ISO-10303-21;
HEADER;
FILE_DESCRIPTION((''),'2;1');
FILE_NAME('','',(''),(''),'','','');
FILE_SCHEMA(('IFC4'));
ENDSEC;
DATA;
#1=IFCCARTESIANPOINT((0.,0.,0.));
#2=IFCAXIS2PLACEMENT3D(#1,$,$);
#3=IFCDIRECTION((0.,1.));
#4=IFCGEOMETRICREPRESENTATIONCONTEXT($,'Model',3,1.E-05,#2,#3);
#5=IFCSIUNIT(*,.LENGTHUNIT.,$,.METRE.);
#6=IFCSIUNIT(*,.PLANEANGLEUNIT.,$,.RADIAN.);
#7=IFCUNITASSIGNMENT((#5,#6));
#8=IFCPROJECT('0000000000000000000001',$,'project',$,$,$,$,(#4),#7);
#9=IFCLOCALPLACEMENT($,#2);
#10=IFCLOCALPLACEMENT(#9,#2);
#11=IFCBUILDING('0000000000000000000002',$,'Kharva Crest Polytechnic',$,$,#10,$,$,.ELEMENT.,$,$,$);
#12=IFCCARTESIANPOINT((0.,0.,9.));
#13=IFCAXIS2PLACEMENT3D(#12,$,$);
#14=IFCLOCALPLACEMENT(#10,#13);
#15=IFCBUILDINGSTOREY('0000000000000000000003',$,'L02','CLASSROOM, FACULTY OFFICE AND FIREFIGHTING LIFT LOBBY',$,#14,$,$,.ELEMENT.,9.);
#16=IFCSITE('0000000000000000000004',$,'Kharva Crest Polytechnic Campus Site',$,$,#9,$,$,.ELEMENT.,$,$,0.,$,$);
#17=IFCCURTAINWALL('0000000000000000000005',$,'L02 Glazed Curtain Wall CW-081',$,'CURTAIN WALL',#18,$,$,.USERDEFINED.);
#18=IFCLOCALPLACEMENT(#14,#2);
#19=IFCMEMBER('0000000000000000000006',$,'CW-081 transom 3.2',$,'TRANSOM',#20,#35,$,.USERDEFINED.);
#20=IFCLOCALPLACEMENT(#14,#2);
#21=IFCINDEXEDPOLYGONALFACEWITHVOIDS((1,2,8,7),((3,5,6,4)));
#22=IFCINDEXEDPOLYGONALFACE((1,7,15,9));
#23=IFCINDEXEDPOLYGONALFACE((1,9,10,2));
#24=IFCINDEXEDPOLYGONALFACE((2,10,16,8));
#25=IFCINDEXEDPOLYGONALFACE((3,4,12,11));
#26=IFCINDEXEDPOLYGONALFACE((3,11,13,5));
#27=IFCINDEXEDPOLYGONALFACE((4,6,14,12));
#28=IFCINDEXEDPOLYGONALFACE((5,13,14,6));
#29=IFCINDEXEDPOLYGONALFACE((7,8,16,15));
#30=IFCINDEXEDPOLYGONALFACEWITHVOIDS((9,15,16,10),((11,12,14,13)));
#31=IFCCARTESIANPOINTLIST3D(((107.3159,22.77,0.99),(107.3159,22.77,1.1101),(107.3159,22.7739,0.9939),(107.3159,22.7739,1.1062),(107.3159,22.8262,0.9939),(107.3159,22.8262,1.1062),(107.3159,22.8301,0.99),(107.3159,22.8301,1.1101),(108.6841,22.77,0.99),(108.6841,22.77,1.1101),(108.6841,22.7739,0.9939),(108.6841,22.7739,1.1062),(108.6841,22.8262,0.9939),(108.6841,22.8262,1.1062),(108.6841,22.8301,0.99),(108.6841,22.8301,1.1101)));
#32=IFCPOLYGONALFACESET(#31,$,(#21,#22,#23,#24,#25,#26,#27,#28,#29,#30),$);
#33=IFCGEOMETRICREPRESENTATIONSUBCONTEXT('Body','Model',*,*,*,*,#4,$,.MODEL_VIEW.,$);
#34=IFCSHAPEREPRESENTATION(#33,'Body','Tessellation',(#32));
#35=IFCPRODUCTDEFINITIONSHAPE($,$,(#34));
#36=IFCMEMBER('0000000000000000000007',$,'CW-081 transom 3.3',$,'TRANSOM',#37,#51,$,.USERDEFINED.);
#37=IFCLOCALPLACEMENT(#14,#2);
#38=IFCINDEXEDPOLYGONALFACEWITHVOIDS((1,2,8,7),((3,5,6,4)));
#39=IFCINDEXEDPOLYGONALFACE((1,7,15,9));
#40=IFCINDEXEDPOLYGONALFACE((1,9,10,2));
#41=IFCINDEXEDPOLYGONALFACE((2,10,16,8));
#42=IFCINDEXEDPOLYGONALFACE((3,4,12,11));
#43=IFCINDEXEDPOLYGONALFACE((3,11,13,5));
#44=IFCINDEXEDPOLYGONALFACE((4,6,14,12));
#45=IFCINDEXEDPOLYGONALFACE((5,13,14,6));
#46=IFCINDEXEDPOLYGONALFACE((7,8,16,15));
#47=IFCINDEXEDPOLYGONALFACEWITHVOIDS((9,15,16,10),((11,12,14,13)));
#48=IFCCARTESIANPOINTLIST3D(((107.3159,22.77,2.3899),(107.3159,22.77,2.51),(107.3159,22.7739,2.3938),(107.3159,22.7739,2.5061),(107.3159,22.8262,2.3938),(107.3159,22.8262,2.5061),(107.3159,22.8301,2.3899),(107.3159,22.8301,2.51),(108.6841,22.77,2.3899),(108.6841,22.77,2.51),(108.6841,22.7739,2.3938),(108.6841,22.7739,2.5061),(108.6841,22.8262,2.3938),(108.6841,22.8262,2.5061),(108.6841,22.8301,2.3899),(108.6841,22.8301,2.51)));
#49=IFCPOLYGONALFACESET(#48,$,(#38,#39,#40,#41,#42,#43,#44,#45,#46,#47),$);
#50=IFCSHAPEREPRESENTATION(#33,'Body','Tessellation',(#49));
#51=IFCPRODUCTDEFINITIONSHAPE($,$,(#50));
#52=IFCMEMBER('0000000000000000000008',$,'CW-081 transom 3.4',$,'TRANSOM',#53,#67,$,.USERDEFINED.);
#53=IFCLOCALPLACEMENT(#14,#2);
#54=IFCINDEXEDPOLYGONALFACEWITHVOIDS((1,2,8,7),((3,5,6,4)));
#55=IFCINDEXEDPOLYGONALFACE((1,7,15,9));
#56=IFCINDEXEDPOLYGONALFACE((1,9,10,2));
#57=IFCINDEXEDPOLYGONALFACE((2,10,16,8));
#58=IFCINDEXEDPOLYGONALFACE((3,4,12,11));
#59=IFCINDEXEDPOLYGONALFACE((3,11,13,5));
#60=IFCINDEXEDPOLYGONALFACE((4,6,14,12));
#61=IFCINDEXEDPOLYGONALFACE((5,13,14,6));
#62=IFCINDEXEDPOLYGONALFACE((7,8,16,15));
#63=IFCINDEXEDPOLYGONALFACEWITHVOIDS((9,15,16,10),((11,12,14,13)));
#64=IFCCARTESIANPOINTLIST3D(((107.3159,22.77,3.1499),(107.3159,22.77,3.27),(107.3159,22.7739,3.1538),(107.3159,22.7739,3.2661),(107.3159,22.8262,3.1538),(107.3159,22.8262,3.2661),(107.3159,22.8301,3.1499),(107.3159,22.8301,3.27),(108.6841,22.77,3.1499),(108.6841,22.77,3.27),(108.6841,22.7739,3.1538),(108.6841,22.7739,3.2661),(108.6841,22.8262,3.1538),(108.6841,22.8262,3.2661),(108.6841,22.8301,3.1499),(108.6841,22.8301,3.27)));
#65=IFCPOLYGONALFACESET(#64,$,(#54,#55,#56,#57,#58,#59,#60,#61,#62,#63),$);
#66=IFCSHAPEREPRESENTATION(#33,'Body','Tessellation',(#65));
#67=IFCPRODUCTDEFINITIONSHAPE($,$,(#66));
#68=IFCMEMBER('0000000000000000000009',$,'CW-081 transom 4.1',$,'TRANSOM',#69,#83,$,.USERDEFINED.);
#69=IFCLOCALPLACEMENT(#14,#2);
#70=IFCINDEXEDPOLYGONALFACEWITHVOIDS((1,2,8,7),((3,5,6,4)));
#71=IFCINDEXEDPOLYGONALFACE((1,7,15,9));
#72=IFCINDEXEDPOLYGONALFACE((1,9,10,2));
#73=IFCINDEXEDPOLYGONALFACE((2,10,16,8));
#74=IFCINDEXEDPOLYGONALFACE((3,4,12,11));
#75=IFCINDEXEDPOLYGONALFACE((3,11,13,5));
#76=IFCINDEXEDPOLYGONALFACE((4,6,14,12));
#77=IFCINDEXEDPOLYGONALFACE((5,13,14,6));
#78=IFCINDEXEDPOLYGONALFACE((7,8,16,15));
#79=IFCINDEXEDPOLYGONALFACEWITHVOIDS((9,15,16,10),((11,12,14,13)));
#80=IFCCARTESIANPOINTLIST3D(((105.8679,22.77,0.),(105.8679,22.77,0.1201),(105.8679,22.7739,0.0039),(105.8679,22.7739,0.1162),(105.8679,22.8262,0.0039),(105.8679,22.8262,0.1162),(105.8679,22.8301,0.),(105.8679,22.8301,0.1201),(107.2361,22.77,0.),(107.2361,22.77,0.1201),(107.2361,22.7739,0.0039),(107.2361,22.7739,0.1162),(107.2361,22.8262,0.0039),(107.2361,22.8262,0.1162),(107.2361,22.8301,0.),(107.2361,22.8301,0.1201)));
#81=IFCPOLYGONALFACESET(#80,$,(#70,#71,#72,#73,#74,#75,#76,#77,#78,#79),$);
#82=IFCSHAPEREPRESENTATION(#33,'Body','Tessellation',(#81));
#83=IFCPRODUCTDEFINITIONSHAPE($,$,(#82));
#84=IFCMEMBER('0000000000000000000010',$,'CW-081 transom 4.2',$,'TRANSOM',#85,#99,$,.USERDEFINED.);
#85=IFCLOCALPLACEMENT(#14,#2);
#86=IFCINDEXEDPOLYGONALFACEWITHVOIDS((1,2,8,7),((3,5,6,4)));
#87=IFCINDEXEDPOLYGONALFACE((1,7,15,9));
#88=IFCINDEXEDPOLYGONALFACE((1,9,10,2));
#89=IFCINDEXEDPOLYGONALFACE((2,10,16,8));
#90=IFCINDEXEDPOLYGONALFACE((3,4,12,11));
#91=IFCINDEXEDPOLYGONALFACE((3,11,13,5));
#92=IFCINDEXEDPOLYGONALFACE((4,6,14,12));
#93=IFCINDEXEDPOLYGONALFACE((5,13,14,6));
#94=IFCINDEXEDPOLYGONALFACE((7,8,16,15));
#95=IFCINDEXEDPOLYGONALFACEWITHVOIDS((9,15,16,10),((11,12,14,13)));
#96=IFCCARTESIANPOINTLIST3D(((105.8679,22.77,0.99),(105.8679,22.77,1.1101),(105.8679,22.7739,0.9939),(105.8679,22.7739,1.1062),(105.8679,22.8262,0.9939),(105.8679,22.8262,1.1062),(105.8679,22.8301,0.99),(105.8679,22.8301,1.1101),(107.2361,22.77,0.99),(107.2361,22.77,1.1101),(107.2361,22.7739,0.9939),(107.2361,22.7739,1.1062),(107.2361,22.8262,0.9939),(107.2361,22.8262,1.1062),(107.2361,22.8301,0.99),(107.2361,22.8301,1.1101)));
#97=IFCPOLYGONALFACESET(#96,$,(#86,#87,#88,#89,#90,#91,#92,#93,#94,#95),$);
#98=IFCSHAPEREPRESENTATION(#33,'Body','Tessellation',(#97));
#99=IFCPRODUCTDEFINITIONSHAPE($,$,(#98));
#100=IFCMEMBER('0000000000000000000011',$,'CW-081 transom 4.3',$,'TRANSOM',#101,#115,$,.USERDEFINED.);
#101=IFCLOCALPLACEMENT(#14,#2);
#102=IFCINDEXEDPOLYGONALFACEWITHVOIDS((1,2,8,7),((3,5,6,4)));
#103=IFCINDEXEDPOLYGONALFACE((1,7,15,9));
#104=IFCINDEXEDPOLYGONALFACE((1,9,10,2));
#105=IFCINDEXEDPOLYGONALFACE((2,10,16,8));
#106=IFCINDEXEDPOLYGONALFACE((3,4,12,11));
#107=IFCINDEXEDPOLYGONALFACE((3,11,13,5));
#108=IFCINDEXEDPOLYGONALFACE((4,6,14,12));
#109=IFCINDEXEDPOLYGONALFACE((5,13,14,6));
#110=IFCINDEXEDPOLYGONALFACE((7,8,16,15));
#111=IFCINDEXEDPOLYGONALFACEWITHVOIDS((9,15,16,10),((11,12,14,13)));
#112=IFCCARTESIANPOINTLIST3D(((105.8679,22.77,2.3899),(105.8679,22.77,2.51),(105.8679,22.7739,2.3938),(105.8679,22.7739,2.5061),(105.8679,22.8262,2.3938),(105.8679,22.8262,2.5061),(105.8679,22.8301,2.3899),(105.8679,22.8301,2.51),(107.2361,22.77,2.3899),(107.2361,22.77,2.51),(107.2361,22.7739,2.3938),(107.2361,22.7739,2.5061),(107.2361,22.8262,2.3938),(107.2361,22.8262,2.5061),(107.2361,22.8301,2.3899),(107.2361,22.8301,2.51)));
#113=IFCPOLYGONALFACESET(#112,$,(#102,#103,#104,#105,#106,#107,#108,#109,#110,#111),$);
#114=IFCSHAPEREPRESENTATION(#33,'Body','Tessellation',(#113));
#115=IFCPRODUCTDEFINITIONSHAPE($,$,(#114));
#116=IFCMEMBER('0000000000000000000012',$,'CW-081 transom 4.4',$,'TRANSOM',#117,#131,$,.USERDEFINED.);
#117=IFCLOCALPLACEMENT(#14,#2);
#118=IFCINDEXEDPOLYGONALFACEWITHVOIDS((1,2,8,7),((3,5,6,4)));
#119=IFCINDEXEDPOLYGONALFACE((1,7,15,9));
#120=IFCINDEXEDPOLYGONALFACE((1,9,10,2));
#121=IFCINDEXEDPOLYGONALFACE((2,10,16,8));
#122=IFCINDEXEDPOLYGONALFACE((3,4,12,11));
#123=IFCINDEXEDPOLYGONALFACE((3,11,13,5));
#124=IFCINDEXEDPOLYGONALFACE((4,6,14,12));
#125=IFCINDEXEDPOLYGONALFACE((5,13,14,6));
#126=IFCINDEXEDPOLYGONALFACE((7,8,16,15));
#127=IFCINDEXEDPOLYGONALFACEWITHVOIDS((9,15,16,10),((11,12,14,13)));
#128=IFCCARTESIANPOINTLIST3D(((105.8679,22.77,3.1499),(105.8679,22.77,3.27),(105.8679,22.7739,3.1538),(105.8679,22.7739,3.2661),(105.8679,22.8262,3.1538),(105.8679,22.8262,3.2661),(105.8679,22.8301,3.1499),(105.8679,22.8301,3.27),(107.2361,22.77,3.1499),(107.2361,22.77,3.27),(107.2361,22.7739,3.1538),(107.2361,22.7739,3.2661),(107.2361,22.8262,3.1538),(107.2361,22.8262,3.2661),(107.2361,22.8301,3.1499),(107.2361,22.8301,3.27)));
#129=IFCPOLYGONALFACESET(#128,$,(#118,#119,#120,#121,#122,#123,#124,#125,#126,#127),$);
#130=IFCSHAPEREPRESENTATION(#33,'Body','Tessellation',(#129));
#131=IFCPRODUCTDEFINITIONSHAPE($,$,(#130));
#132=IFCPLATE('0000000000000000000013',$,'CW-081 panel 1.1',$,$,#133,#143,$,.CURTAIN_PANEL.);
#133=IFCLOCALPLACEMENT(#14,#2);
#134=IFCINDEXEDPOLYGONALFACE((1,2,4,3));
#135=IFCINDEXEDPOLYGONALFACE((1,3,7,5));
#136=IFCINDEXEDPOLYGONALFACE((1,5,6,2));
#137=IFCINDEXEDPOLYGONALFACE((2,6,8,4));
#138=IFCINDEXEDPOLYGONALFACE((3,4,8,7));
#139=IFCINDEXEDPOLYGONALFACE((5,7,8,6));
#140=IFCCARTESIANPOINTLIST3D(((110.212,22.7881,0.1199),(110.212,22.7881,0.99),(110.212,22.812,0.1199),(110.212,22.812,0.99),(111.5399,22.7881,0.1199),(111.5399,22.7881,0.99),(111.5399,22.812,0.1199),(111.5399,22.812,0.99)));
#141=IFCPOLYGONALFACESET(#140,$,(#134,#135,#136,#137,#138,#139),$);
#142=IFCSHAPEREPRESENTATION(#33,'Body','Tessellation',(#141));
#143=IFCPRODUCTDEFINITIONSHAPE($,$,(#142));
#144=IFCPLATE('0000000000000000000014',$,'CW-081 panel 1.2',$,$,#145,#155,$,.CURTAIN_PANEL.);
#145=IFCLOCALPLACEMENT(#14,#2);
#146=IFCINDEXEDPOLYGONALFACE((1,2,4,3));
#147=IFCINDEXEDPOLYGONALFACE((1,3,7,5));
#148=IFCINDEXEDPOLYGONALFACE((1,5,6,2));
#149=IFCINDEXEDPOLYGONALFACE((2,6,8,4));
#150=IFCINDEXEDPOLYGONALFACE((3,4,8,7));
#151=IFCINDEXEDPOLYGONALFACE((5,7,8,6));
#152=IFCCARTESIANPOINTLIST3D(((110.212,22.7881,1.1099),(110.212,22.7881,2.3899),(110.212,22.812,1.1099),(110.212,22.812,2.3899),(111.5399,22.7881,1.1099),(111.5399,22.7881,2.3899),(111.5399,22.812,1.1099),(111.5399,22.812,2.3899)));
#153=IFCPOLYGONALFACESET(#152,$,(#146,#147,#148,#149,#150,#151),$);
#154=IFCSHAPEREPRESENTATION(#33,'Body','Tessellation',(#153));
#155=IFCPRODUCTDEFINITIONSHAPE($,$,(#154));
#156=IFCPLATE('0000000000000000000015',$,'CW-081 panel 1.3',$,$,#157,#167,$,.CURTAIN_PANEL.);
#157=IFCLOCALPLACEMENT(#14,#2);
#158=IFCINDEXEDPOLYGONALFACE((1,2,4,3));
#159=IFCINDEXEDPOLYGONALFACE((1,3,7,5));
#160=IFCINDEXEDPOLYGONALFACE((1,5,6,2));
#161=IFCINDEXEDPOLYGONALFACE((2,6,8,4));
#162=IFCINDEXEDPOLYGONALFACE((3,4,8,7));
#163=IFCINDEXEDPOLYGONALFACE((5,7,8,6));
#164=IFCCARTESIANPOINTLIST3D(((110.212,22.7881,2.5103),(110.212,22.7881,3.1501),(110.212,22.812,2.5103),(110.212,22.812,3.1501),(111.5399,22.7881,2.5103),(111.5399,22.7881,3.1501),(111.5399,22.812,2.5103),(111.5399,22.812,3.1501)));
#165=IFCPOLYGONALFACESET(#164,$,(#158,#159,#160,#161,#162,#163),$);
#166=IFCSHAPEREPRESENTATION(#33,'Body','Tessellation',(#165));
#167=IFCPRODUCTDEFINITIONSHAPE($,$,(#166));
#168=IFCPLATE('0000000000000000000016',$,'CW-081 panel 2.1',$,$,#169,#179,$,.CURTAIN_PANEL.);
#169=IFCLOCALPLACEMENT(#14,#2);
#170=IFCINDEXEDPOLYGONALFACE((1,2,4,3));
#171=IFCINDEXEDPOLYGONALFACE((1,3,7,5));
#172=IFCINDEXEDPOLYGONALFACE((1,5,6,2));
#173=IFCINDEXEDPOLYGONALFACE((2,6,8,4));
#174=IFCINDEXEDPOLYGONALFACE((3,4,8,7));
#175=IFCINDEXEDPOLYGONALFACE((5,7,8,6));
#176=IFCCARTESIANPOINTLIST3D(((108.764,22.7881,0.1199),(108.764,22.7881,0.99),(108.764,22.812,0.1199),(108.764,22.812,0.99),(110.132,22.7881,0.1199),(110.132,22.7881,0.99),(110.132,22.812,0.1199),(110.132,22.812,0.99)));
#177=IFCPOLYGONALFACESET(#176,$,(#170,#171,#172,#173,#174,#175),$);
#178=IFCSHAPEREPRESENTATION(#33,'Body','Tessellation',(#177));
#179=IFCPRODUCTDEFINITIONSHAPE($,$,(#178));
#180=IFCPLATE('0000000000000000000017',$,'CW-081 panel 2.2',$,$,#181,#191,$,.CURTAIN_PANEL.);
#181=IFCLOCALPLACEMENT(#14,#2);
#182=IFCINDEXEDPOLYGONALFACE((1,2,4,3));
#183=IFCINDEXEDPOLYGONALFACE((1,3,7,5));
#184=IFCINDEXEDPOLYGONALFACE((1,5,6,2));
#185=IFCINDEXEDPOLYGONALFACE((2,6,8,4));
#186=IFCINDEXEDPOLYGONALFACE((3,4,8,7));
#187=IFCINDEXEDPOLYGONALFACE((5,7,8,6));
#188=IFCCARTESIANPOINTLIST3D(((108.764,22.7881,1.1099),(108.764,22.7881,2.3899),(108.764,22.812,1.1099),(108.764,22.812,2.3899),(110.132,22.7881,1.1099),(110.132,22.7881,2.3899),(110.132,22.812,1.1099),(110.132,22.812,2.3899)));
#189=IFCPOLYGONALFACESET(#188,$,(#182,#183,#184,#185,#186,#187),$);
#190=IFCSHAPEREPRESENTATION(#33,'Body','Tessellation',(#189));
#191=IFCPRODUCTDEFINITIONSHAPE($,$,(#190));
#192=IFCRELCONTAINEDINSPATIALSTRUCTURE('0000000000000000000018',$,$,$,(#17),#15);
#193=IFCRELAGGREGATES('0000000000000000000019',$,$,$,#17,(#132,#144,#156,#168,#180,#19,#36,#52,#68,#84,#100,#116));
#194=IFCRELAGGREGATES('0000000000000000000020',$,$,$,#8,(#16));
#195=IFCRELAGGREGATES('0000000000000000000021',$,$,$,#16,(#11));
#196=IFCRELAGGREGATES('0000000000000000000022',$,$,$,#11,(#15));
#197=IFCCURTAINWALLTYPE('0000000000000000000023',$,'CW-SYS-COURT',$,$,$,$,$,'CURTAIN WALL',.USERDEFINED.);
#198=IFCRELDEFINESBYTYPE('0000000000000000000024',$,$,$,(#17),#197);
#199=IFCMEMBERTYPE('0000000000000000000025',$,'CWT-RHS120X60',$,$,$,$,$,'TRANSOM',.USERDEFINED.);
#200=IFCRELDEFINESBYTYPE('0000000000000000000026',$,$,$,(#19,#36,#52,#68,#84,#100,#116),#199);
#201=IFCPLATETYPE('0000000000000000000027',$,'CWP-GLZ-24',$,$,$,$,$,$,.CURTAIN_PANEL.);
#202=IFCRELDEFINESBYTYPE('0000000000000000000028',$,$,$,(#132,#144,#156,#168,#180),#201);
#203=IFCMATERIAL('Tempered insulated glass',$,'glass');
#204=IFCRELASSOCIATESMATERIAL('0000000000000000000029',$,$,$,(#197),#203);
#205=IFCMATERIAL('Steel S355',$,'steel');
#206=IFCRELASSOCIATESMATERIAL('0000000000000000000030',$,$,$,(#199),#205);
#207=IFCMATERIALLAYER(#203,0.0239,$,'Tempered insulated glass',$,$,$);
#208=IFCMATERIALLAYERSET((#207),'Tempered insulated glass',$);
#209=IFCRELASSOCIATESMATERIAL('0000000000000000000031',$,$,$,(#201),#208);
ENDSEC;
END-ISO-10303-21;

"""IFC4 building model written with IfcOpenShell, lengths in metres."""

from ifc_helpers import new_model, si_unit, direction, frame, origin, origin_2d, place, context, subcontext, project, spatial, rectangle, hollow_rectangle, extrude, material, layer, layer_set, material_profile, profile_set, type_object, element, aggregate, save


model = new_model("IFC4")

# Units and contexts
model_context = context("Model", 3, precision=1e-05, world=origin(), true_north=direction((0.0, 1.0)))
body_context = subcontext(model_context, "Body", "Model", "MODEL_VIEW")
ifc_project = project(units=[si_unit("LENGTHUNIT", "METRE"), si_unit("PLANEANGLEUNIT", "RADIAN")], contexts=[model_context])

# Site, building, storey
site_placement = place(None, origin())
site = spatial("IfcSite", under=ifc_project, at=site_placement, Name="Kharva Crest Polytechnic Campus Site", CompositionType="ELEMENT", RefElevation=0.0)
building_placement = place(site_placement, origin())
building = spatial("IfcBuilding", under=site, at=building_placement, Name="Kharva Crest Polytechnic", CompositionType="ELEMENT")
storey_placement = place(building_placement, frame((0.0, 0.0, 9.0)))
storey = spatial("IfcBuildingStorey", under=building, at=storey_placement, Name="L02", Description="CLASSROOM, FACULTY OFFICE AND FIREFIGHTING LIFT LOBBY", CompositionType="ELEMENT", Elevation=9.0)

# Shared definitions
ifc_material_1 = material(Name="Steel S355", Category="steel")

# Curtain wall, members, plates
ifc_material_2 = material(Name="Tempered insulated glass", Category="glass")
curtain_wall_type = type_object("IfcCurtainWallType", Name="CW-SYS-COURT", ElementType="CURTAIN WALL", PredefinedType="USERDEFINED", material=ifc_material_2)
curtain_wall_placement = place(storey_placement, origin())
curtain_wall = element("IfcCurtainWall", 1, at=curtain_wall_placement, inside=storey, type_object=curtain_wall_type, Name="L02 Glazed Curtain Wall CW-081", ObjectType="CURTAIN WALL", PredefinedType="USERDEFINED")
ifc_material_profile_1 = material_profile(ifc_material_1, hollow_rectangle(XDim=0.0601, YDim=0.1201, WallThickness=0.0039, at=origin_2d()), Name="RHS 120X60X4.0")
ifc_profile_set_1 = profile_set([ifc_material_profile_1], Name="Steel S355")
member_type_1 = type_object("IfcMemberType", Name="CWT-RHS120X60", ElementType="TRANSOM", PredefinedType="USERDEFINED", material=ifc_profile_set_1)
member_1_placement = place(storey_placement, frame((108.6841, 22.8, 1.05), z_axis=(-1.0, 0.0, 0.0), x_axis=(0.0, -1.0, 0.0)))
member_1 = element("IfcMember", 2, at=member_1_placement, type_object=member_type_1, Name="CW-081 transom 3.2", ObjectType="TRANSOM", PredefinedType="USERDEFINED", context=body_context, shape_type="SweptSolid", body=[
    extrude(hollow_rectangle(XDim=0.0601, YDim=0.1201, WallThickness=0.0039, at=origin_2d()), origin(), (0.0, 0.0, 1.0), 1.3682),
])
member_2_placement = place(storey_placement, frame((108.6841, 22.8, 2.45), z_axis=(-1.0, 0.0, 0.0), x_axis=(0.0, -1.0, 0.0)))
member_2 = element("IfcMember", 3, at=member_2_placement, type_object=member_type_1, Name="CW-081 transom 3.3", ObjectType="TRANSOM", PredefinedType="USERDEFINED", context=body_context, shape_type="SweptSolid", body=[
    extrude(hollow_rectangle(XDim=0.0601, YDim=0.1201, WallThickness=0.0039, at=origin_2d()), origin(), (0.0, 0.0, 1.0), 1.3682),
])
member_3_placement = place(storey_placement, frame((108.6841, 22.8, 3.21), z_axis=(-1.0, 0.0, 0.0), x_axis=(0.0, -1.0, 0.0)))
member_3 = element("IfcMember", 4, at=member_3_placement, type_object=member_type_1, Name="CW-081 transom 3.4", ObjectType="TRANSOM", PredefinedType="USERDEFINED", context=body_context, shape_type="SweptSolid", body=[
    extrude(hollow_rectangle(XDim=0.0601, YDim=0.1201, WallThickness=0.0039, at=origin_2d()), origin(), (0.0, 0.0, 1.0), 1.3682),
])
member_4_placement = place(storey_placement, frame((107.2361, 22.8, 0.0601), z_axis=(-1.0, 0.0, 0.0), x_axis=(0.0, -1.0, 0.0)))
member_4 = element("IfcMember", 5, at=member_4_placement, type_object=member_type_1, Name="CW-081 transom 4.1", ObjectType="TRANSOM", PredefinedType="USERDEFINED", context=body_context, shape_type="SweptSolid", body=[
    extrude(hollow_rectangle(XDim=0.0601, YDim=0.1201, WallThickness=0.0039, at=origin_2d()), origin(), (0.0, 0.0, 1.0), 1.3682),
])
member_5_placement = place(storey_placement, frame((107.2361, 22.8, 1.05), z_axis=(-1.0, 0.0, 0.0), x_axis=(0.0, -1.0, 0.0)))
member_5 = element("IfcMember", 6, at=member_5_placement, type_object=member_type_1, Name="CW-081 transom 4.2", ObjectType="TRANSOM", PredefinedType="USERDEFINED", context=body_context, shape_type="SweptSolid", body=[
    extrude(hollow_rectangle(XDim=0.0601, YDim=0.1201, WallThickness=0.0039, at=origin_2d()), origin(), (0.0, 0.0, 1.0), 1.3682),
])
member_6_placement = place(storey_placement, frame((107.2361, 22.8, 2.45), z_axis=(-1.0, 0.0, 0.0), x_axis=(0.0, -1.0, 0.0)))
member_6 = element("IfcMember", 7, at=member_6_placement, type_object=member_type_1, Name="CW-081 transom 4.3", ObjectType="TRANSOM", PredefinedType="USERDEFINED", context=body_context, shape_type="SweptSolid", body=[
    extrude(hollow_rectangle(XDim=0.0601, YDim=0.1201, WallThickness=0.0039, at=origin_2d()), origin(), (0.0, 0.0, 1.0), 1.3682),
])
member_7_placement = place(storey_placement, frame((107.2361, 22.8, 3.21), z_axis=(-1.0, 0.0, 0.0), x_axis=(0.0, -1.0, 0.0)))
member_7 = element("IfcMember", 8, at=member_7_placement, type_object=member_type_1, Name="CW-081 transom 4.4", ObjectType="TRANSOM", PredefinedType="USERDEFINED", context=body_context, shape_type="SweptSolid", body=[
    extrude(hollow_rectangle(XDim=0.0601, YDim=0.1201, WallThickness=0.0039, at=origin_2d()), origin(), (0.0, 0.0, 1.0), 1.3682),
])
ifc_layer = layer(ifc_material_2, 0.0239, Name="Tempered insulated glass")
ifc_layer_set = layer_set([ifc_layer], Name="Tempered insulated glass")
plate_type = type_object("IfcPlateType", Name="CWP-GLZ-24", PredefinedType="CURTAIN_PANEL", material=ifc_layer_set)
plate_1_placement = place(storey_placement, frame((110.876, 22.8, 0.1199), z_axis=(0.0, 0.0, 1.0), x_axis=(-1.0, 0.0, 0.0)))
plate_1 = element("IfcPlate", 9, at=plate_1_placement, type_object=plate_type, Name="CW-081 panel 1.1", PredefinedType="CURTAIN_PANEL", context=body_context, shape_type="SweptSolid", body=[
    extrude(rectangle(XDim=1.3279, YDim=0.0239, at=origin_2d()), origin(), (0.0, 0.0, 1.0), 0.8701),
])
plate_2_placement = place(storey_placement, frame((110.876, 22.8, 1.1099), z_axis=(0.0, 0.0, 1.0), x_axis=(-1.0, 0.0, 0.0)))
plate_2 = element("IfcPlate", 10, at=plate_2_placement, type_object=plate_type, Name="CW-081 panel 1.2", PredefinedType="CURTAIN_PANEL", context=body_context, shape_type="SweptSolid", body=[
    extrude(rectangle(XDim=1.3279, YDim=0.0239, at=origin_2d()), origin(), (0.0, 0.0, 1.0), 1.28),
])
plate_3_placement = place(storey_placement, frame((110.876, 22.8, 2.5103), z_axis=(0.0, 0.0, 1.0), x_axis=(-1.0, 0.0, 0.0)))
plate_3 = element("IfcPlate", 11, at=plate_3_placement, type_object=plate_type, Name="CW-081 panel 1.3", PredefinedType="CURTAIN_PANEL", context=body_context, shape_type="SweptSolid", body=[
    extrude(rectangle(XDim=1.3279, YDim=0.0239, at=origin_2d()), origin(), (0.0, 0.0, 1.0), 0.6399),
])
plate_4_placement = place(storey_placement, frame((109.448, 22.8, 0.1199), z_axis=(0.0, 0.0, 1.0), x_axis=(-1.0, 0.0, 0.0)))
plate_4 = element("IfcPlate", 12, at=plate_4_placement, type_object=plate_type, Name="CW-081 panel 2.1", PredefinedType="CURTAIN_PANEL", context=body_context, shape_type="SweptSolid", body=[
    extrude(rectangle(XDim=1.3679, YDim=0.0239, at=origin_2d()), origin(), (0.0, 0.0, 1.0), 0.8701),
])
plate_5_placement = place(storey_placement, frame((109.448, 22.8, 1.1099), z_axis=(0.0, 0.0, 1.0), x_axis=(-1.0, 0.0, 0.0)))
plate_5 = element("IfcPlate", 13, at=plate_5_placement, type_object=plate_type, Name="CW-081 panel 2.2", PredefinedType="CURTAIN_PANEL", context=body_context, shape_type="SweptSolid", body=[
    extrude(rectangle(XDim=1.3679, YDim=0.0239, at=origin_2d()), origin(), (0.0, 0.0, 1.0), 1.28),
])
aggregate(curtain_wall, [plate_1, plate_2, plate_3, plate_4, plate_5, member_1, member_2, member_3, member_4, member_5, member_6, member_7])

save(model, "model.ifc")
